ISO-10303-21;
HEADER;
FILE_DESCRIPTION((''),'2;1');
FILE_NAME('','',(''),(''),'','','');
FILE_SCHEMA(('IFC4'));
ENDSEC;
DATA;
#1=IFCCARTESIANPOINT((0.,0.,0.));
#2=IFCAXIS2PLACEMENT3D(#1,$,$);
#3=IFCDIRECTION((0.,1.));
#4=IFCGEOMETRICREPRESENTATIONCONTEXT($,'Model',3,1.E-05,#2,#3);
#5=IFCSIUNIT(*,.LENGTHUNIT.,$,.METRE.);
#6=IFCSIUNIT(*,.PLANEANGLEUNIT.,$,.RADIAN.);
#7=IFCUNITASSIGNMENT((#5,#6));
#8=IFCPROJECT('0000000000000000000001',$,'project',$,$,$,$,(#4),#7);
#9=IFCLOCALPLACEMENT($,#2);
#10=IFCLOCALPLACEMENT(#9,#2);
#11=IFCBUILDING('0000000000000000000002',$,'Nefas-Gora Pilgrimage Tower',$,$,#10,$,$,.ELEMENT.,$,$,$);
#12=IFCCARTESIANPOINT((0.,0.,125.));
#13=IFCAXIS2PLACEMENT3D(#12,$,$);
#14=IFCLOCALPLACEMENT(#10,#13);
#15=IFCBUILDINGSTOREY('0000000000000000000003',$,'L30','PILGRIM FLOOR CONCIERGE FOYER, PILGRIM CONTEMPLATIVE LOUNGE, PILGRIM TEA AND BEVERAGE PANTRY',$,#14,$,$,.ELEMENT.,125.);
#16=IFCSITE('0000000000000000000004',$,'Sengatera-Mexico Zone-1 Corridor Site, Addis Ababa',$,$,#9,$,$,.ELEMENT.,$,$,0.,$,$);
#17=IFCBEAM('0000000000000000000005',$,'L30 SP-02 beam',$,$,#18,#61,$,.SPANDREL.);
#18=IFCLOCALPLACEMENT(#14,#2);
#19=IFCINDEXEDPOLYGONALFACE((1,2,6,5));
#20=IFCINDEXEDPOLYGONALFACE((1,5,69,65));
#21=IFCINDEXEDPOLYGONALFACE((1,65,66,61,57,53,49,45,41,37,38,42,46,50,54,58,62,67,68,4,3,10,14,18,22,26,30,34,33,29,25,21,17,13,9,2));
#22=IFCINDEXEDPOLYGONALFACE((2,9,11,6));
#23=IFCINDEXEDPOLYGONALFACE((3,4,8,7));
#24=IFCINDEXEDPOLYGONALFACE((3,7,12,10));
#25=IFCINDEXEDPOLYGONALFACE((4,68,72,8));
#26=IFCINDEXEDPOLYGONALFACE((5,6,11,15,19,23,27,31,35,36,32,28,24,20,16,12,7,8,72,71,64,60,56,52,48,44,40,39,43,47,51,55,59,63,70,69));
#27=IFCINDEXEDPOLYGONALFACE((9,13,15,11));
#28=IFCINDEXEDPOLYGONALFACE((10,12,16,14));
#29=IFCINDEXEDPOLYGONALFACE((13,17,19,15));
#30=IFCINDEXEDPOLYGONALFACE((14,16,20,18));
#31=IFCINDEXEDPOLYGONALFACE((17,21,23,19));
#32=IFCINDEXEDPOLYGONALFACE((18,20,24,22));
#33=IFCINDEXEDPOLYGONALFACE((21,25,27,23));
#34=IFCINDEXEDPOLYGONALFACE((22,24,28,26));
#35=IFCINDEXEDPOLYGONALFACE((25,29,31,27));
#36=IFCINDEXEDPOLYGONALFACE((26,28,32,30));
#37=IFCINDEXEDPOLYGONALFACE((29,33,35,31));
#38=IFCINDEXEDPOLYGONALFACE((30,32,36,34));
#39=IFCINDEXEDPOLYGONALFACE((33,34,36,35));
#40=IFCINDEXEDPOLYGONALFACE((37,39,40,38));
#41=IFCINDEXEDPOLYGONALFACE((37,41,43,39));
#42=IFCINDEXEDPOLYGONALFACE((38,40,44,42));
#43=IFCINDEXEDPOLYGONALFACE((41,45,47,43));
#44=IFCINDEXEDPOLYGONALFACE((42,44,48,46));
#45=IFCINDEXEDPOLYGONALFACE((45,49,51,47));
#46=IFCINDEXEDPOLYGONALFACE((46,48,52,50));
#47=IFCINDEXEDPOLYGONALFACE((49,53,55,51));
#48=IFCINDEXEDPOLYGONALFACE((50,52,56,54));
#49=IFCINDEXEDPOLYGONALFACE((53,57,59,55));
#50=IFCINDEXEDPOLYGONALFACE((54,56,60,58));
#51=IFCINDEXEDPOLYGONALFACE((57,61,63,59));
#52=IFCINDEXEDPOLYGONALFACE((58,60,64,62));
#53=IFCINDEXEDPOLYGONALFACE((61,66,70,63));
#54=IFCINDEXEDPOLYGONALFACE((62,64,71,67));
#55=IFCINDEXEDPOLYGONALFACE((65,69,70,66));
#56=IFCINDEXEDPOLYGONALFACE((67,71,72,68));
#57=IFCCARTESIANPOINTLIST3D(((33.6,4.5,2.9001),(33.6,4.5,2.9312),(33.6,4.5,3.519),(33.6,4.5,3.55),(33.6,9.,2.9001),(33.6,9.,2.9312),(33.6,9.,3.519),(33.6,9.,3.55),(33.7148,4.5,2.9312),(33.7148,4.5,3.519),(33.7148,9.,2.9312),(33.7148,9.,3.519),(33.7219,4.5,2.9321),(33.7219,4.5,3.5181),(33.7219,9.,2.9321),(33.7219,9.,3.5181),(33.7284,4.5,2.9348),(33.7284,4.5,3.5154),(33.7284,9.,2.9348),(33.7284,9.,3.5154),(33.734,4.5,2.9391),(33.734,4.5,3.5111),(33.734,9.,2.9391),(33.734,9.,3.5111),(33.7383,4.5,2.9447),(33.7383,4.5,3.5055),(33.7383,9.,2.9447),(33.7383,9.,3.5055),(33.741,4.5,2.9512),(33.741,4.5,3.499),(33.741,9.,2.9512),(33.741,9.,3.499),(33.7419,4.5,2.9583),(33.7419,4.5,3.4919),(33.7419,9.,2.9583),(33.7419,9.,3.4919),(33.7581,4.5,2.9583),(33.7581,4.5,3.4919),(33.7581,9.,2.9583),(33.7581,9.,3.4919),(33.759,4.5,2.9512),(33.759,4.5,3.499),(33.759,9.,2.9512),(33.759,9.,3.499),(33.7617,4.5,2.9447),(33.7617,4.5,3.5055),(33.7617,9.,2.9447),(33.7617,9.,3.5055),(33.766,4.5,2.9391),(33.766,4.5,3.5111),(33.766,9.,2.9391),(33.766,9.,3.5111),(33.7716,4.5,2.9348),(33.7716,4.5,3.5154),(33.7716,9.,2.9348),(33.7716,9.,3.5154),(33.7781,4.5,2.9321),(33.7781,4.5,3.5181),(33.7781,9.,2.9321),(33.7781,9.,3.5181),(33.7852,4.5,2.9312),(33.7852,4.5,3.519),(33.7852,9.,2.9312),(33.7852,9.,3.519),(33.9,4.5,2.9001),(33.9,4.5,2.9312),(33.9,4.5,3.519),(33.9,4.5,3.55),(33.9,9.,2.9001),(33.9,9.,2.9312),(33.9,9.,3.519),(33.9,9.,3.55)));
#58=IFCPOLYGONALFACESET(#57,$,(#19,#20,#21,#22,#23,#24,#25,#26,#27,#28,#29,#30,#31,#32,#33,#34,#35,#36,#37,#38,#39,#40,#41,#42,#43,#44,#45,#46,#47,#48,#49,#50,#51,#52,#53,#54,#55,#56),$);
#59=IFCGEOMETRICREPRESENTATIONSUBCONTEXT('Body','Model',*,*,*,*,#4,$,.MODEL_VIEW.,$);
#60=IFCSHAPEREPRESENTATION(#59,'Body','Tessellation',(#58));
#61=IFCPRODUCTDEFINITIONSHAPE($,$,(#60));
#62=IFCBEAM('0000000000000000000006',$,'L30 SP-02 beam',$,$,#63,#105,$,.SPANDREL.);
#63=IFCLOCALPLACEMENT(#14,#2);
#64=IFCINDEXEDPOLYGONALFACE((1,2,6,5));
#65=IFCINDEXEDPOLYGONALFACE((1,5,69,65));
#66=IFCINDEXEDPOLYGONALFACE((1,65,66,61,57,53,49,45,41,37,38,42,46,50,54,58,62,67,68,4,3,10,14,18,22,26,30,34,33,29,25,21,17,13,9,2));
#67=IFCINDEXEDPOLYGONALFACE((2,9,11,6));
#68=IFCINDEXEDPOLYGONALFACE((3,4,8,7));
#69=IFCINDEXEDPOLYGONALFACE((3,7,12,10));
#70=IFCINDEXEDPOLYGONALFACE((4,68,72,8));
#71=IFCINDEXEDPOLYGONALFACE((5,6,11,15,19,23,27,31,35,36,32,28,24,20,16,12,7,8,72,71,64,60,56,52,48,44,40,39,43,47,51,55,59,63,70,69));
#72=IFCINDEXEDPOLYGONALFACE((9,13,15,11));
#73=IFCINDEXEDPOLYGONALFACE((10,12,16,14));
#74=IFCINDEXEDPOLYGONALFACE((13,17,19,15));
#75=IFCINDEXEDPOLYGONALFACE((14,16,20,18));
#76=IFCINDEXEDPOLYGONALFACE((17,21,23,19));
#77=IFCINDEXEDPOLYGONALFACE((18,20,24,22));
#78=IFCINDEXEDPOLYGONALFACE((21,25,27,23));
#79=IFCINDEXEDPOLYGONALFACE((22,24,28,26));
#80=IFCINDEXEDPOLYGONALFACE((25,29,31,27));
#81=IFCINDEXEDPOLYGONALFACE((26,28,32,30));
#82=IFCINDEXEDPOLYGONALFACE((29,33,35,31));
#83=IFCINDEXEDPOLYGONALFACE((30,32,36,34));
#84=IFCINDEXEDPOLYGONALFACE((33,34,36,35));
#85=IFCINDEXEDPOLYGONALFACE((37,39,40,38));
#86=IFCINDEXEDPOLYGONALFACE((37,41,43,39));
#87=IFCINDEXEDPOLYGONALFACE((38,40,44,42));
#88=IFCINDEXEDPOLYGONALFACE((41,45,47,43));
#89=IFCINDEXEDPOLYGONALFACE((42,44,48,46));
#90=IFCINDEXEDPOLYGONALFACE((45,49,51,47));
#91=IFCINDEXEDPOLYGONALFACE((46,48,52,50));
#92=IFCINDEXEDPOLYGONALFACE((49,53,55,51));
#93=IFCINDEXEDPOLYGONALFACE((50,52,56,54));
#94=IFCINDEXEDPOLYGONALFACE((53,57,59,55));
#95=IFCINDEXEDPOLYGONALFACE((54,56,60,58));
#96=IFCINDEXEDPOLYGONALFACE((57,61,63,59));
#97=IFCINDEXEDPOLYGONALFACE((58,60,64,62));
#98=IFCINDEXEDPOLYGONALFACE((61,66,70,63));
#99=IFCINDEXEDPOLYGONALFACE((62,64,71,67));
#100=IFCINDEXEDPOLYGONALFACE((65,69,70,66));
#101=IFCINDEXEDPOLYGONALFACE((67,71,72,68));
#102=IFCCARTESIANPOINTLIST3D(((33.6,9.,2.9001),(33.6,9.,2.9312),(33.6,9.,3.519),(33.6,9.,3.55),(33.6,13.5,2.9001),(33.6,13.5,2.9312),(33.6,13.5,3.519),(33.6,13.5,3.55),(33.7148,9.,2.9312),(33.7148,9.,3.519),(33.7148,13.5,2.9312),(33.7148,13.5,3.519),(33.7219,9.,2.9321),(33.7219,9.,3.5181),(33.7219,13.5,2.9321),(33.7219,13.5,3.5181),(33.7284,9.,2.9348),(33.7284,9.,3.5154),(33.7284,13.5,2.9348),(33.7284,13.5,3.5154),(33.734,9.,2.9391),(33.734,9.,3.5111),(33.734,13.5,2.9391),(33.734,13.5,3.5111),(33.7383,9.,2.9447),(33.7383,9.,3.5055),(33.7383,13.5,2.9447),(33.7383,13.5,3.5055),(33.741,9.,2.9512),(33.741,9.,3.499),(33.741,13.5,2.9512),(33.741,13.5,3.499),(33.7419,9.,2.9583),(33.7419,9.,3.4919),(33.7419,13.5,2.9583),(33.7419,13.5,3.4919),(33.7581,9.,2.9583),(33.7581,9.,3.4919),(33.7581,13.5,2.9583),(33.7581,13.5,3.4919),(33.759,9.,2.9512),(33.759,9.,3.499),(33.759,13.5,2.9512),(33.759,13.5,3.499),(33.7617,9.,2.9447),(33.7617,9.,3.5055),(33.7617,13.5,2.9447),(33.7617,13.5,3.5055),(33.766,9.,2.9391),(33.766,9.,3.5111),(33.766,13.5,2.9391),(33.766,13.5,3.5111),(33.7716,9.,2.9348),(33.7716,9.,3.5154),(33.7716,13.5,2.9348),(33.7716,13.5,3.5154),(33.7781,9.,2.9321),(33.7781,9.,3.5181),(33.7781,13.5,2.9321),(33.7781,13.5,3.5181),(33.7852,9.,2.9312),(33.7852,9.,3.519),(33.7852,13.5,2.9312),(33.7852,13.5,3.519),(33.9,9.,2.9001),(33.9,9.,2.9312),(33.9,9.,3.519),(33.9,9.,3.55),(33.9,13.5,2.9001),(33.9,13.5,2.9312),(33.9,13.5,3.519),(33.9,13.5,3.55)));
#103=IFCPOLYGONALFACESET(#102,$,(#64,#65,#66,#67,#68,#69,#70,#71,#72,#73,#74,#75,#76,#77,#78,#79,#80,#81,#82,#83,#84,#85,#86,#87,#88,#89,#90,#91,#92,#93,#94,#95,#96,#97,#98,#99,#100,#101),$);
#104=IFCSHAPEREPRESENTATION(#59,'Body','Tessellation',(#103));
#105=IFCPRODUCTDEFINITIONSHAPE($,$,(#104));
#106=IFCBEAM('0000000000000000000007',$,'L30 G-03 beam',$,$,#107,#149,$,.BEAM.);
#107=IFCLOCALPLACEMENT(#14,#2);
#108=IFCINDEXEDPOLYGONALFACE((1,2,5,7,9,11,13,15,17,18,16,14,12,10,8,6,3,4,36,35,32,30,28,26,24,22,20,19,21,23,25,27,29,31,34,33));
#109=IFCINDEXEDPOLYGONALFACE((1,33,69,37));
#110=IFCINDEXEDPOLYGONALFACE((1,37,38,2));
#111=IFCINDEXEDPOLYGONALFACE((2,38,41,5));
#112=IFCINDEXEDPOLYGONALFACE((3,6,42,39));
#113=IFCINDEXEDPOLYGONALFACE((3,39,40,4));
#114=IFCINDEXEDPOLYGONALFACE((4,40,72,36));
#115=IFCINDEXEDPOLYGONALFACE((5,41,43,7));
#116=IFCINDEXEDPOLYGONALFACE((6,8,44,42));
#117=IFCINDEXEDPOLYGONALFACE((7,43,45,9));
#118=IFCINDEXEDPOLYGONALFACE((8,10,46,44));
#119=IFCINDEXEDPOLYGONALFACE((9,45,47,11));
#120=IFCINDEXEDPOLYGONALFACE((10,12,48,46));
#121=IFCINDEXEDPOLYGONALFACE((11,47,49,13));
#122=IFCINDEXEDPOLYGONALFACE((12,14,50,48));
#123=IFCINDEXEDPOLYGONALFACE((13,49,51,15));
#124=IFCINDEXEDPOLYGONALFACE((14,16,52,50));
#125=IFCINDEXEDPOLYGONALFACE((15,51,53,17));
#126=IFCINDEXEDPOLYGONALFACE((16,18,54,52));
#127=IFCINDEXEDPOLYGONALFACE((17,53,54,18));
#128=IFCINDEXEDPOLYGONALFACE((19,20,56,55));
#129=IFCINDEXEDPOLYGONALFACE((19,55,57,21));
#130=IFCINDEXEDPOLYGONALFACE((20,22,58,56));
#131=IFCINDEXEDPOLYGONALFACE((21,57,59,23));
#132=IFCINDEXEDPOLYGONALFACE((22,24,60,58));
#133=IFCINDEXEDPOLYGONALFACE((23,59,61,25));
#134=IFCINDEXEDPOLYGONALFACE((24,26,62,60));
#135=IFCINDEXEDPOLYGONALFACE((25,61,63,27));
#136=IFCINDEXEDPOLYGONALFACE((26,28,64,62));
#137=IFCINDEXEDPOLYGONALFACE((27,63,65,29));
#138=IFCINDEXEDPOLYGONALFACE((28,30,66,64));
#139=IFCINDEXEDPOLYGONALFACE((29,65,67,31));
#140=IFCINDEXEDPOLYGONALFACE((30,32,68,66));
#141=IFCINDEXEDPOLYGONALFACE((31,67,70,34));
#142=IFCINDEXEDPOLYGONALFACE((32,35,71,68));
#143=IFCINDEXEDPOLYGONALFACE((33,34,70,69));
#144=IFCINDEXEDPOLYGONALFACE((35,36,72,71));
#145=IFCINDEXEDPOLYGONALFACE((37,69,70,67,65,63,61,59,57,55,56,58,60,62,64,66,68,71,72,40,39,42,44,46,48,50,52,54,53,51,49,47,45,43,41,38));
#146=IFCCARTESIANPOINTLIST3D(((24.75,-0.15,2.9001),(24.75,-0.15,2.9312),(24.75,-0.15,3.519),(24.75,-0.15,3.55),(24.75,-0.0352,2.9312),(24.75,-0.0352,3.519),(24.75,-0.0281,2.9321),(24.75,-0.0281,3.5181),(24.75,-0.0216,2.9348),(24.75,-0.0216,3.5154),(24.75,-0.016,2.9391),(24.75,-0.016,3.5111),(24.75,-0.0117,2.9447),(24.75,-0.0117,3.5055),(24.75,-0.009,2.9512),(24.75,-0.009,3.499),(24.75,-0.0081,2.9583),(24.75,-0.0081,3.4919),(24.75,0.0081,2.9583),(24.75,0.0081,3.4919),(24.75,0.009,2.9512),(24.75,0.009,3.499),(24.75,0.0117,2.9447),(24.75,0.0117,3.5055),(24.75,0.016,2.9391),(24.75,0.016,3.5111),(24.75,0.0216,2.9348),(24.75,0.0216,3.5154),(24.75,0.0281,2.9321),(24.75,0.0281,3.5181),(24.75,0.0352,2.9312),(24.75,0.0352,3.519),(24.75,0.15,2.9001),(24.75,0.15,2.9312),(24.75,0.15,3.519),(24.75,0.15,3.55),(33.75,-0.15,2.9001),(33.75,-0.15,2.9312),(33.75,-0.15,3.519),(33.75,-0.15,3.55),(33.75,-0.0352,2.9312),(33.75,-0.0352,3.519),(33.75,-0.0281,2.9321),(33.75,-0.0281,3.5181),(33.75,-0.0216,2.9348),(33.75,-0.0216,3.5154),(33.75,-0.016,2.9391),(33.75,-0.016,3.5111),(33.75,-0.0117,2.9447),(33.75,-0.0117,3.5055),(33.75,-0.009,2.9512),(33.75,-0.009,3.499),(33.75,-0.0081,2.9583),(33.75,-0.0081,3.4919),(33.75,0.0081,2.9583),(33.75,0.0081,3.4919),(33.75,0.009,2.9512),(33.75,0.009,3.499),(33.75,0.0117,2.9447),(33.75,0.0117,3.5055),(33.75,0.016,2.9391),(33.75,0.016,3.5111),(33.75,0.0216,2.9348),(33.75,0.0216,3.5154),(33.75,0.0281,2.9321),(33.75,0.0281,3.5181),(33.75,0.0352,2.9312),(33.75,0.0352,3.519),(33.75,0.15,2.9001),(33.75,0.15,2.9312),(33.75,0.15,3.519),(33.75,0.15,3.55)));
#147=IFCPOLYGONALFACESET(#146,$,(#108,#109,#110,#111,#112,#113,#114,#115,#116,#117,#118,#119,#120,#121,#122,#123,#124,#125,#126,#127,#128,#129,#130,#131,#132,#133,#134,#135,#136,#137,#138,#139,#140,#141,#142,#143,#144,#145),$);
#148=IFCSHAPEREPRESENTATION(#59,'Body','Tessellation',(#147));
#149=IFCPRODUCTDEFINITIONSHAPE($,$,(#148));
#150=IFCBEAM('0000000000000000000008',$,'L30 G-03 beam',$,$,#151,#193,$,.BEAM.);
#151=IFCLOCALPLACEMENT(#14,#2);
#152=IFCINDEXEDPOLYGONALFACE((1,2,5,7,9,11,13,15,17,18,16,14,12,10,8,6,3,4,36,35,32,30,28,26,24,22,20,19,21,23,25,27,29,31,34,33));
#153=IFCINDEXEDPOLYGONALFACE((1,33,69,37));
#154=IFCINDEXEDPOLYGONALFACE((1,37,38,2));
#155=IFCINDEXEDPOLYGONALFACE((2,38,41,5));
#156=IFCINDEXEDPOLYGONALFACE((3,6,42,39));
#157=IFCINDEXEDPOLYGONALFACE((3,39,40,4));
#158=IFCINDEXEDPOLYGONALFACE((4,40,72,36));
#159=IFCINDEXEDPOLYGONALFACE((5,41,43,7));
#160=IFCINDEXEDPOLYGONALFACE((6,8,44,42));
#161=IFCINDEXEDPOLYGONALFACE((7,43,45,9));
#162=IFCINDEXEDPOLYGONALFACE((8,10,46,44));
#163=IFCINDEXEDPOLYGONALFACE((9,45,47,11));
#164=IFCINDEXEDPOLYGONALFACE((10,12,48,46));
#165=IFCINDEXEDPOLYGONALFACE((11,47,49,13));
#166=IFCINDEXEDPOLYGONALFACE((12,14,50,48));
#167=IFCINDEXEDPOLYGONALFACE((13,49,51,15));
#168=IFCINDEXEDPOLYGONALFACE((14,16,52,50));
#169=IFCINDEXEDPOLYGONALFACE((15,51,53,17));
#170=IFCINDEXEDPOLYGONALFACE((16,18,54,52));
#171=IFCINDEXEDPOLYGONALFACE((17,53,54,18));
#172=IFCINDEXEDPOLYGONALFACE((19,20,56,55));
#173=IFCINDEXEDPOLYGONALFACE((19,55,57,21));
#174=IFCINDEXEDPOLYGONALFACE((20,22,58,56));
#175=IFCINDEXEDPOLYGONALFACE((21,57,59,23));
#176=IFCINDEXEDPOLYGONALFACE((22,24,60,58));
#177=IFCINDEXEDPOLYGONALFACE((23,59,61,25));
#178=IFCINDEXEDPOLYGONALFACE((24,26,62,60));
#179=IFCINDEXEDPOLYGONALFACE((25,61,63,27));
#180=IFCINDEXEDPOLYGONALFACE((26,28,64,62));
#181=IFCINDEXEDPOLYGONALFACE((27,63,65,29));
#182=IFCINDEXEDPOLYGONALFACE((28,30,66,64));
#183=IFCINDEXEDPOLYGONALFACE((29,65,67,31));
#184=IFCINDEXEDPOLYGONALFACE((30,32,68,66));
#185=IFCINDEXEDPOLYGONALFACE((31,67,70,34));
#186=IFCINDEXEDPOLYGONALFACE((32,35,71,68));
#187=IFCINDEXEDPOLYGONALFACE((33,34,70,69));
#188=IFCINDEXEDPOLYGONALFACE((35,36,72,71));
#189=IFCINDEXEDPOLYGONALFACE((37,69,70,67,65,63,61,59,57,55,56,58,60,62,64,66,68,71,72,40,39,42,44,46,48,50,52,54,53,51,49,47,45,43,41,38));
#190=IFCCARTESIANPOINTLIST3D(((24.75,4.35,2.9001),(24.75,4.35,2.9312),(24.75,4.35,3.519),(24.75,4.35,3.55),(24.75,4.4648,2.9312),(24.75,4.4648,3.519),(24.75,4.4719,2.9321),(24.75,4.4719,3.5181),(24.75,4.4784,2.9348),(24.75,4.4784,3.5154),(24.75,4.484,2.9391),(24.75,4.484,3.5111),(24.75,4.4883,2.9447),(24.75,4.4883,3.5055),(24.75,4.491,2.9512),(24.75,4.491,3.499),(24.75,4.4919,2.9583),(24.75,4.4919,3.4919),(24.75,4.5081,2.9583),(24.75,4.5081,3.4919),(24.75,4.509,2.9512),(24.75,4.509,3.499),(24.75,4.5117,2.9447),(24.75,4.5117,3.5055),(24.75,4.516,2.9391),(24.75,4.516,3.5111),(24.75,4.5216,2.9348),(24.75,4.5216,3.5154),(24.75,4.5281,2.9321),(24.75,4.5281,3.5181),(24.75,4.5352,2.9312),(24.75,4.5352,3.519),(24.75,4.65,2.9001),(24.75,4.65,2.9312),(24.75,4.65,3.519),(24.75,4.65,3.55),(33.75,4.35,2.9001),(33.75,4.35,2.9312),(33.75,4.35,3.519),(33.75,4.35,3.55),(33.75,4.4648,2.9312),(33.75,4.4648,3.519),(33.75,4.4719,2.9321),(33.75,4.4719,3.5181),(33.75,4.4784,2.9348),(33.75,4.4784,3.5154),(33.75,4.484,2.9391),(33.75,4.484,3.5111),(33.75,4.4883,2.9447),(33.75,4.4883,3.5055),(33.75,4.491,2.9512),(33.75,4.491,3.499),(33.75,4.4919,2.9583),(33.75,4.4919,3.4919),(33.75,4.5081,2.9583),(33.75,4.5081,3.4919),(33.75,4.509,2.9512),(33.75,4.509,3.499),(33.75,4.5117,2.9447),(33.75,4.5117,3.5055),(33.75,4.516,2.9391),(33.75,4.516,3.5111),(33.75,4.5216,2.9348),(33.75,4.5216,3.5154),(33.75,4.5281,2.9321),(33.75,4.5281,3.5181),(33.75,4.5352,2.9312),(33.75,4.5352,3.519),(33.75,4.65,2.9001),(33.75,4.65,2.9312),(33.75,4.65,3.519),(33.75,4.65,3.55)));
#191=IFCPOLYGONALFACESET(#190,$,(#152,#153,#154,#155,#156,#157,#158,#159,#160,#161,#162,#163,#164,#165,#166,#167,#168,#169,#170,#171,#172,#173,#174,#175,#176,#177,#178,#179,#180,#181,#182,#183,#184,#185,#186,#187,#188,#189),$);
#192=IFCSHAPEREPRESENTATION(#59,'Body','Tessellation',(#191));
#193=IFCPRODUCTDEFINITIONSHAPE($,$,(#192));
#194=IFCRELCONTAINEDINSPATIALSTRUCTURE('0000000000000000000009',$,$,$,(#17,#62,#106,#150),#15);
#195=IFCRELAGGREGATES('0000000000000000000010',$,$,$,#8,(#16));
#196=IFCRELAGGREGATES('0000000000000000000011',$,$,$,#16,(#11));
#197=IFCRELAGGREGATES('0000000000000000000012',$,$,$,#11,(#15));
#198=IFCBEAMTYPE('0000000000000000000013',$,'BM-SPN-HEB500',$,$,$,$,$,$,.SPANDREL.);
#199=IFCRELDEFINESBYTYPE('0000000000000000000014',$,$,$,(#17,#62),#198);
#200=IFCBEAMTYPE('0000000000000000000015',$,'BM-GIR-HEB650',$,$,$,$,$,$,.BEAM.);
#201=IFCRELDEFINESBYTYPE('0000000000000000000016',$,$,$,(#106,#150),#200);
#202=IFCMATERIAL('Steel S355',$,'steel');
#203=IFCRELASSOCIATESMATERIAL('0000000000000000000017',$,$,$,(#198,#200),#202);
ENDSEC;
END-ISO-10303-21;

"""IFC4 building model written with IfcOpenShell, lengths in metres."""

from ifc_helpers import new_model, si_unit, direction, frame, origin, origin_2d, place, context, subcontext, project, spatial, i_section, extrude, source, transform, mapped, material, material_profile, profile_set, type_object, element, save


model = new_model("IFC4")

# Units and contexts
model_context = context("Model", 3, precision=1e-05, world=origin(), true_north=direction((0.0, 1.0)))
body_context = subcontext(model_context, "Body", "Model", "MODEL_VIEW")
ifc_project = project(units=[si_unit("LENGTHUNIT", "METRE"), si_unit("PLANEANGLEUNIT", "RADIAN")], contexts=[model_context])

# Site, building, storey
site_placement = place(None, origin())
site = spatial("IfcSite", under=ifc_project, at=site_placement, Name="Sengatera-Mexico Zone-1 Corridor Site, Addis Ababa", CompositionType="ELEMENT", RefElevation=0.0)
building_placement = place(site_placement, origin())
building = spatial("IfcBuilding", under=site, at=building_placement, Name="Nefas-Gora Pilgrimage Tower", CompositionType="ELEMENT")
storey_placement = place(building_placement, frame((0.0, 0.0, 125.0)))
storey = spatial("IfcBuildingStorey", under=building, at=storey_placement, Name="L30", Description="PILGRIM FLOOR CONCIERGE FOYER, PILGRIM CONTEMPLATIVE LOUNGE, PILGRIM TEA AND BEVERAGE PANTRY", CompositionType="ELEMENT", Elevation=125.0)

# Beams
ifc_material_1 = material(Name="Steel S355", Category="steel")
ifc_material_profile_1 = material_profile(ifc_material_1, i_section(OverallWidth=0.3, OverallDepth=0.6499, WebThickness=0.0161, FlangeThickness=0.031, FilletRadius=0.0271, at=origin_2d()), Name="HEB 650")
ifc_profile_set_1 = profile_set([ifc_material_profile_1], Name="Steel S355")
beam_type_1 = type_object("IfcBeamType", Name="BM-SPN-HEB500", PredefinedType="SPANDREL", material=ifc_profile_set_1)
shared_shape_1 = source(origin(), body_context, "Body", "SweptSolid", [
    extrude(i_section(OverallWidth=0.3, OverallDepth=0.6499, WebThickness=0.0161, FlangeThickness=0.031, FilletRadius=0.0271, at=origin_2d()), origin(), (0.0, 0.0, 1.0), 4.5),
])
for number, where, z_axis, x_axis, name in (
    (1, (33.75, 4.5, 3.2251), (0.0, 1.0, 0.0), (-1.0, 0.0, 0.0), "L30 SP-02 beam"),
    (2, (33.75, 9.0, 3.2251), (0.0, 1.0, 0.0), (-1.0, 0.0, 0.0), "L30 SP-02 beam"),
):
    element("IfcBeam", number, at=place(storey_placement, frame(where, z_axis=z_axis, x_axis=x_axis)), inside=storey, type_object=beam_type_1, Name=name, PredefinedType="SPANDREL", context=body_context, shape_type="MappedRepresentation", body=[
        mapped(shared_shape_1, transform((0.0, 0.0, 0.0), x_axis=(1.0, 0.0, 0.0), y_axis=(0.0, 1.0, 0.0), z_axis=(0.0, 0.0, 1.0), scale=1.0)),
    ])
ifc_material_profile_2 = material_profile(ifc_material_1, i_section(OverallWidth=0.3, OverallDepth=0.6499, WebThickness=0.0161, FlangeThickness=0.031, FilletRadius=0.0271, at=origin_2d()), Name="HEB 650")
ifc_profile_set_2 = profile_set([ifc_material_profile_2], Name="Steel S355")
beam_type_2 = type_object("IfcBeamType", Name="BM-GIR-HEB650", PredefinedType="BEAM", material=ifc_profile_set_2)
shared_shape_2 = source(origin(), body_context, "Body", "SweptSolid", [
    extrude(i_section(OverallWidth=0.3, OverallDepth=0.6499, WebThickness=0.0161, FlangeThickness=0.031, FilletRadius=0.0271, at=origin_2d()), origin(), (0.0, 0.0, 1.0), 9.0),
])
for number, where, z_axis, x_axis, name in (
    (3, (24.75, 0.0, 3.2251), (1.0, 0.0, 0.0), (0.0, 1.0, 0.0), "L30 G-03 beam"),
    (4, (24.75, 4.5, 3.2251), (1.0, 0.0, 0.0), (0.0, 1.0, 0.0), "L30 G-03 beam"),
):
    element("IfcBeam", number, at=place(storey_placement, frame(where, z_axis=z_axis, x_axis=x_axis)), inside=storey, type_object=beam_type_2, Name=name, PredefinedType="BEAM", context=body_context, shape_type="MappedRepresentation", body=[
        mapped(shared_shape_2, transform((0.0, 0.0, 0.0), x_axis=(1.0, 0.0, 0.0), y_axis=(0.0, 1.0, 0.0), z_axis=(0.0, 0.0, 1.0), scale=1.0)),
    ])

save(model, "model.ifc")
